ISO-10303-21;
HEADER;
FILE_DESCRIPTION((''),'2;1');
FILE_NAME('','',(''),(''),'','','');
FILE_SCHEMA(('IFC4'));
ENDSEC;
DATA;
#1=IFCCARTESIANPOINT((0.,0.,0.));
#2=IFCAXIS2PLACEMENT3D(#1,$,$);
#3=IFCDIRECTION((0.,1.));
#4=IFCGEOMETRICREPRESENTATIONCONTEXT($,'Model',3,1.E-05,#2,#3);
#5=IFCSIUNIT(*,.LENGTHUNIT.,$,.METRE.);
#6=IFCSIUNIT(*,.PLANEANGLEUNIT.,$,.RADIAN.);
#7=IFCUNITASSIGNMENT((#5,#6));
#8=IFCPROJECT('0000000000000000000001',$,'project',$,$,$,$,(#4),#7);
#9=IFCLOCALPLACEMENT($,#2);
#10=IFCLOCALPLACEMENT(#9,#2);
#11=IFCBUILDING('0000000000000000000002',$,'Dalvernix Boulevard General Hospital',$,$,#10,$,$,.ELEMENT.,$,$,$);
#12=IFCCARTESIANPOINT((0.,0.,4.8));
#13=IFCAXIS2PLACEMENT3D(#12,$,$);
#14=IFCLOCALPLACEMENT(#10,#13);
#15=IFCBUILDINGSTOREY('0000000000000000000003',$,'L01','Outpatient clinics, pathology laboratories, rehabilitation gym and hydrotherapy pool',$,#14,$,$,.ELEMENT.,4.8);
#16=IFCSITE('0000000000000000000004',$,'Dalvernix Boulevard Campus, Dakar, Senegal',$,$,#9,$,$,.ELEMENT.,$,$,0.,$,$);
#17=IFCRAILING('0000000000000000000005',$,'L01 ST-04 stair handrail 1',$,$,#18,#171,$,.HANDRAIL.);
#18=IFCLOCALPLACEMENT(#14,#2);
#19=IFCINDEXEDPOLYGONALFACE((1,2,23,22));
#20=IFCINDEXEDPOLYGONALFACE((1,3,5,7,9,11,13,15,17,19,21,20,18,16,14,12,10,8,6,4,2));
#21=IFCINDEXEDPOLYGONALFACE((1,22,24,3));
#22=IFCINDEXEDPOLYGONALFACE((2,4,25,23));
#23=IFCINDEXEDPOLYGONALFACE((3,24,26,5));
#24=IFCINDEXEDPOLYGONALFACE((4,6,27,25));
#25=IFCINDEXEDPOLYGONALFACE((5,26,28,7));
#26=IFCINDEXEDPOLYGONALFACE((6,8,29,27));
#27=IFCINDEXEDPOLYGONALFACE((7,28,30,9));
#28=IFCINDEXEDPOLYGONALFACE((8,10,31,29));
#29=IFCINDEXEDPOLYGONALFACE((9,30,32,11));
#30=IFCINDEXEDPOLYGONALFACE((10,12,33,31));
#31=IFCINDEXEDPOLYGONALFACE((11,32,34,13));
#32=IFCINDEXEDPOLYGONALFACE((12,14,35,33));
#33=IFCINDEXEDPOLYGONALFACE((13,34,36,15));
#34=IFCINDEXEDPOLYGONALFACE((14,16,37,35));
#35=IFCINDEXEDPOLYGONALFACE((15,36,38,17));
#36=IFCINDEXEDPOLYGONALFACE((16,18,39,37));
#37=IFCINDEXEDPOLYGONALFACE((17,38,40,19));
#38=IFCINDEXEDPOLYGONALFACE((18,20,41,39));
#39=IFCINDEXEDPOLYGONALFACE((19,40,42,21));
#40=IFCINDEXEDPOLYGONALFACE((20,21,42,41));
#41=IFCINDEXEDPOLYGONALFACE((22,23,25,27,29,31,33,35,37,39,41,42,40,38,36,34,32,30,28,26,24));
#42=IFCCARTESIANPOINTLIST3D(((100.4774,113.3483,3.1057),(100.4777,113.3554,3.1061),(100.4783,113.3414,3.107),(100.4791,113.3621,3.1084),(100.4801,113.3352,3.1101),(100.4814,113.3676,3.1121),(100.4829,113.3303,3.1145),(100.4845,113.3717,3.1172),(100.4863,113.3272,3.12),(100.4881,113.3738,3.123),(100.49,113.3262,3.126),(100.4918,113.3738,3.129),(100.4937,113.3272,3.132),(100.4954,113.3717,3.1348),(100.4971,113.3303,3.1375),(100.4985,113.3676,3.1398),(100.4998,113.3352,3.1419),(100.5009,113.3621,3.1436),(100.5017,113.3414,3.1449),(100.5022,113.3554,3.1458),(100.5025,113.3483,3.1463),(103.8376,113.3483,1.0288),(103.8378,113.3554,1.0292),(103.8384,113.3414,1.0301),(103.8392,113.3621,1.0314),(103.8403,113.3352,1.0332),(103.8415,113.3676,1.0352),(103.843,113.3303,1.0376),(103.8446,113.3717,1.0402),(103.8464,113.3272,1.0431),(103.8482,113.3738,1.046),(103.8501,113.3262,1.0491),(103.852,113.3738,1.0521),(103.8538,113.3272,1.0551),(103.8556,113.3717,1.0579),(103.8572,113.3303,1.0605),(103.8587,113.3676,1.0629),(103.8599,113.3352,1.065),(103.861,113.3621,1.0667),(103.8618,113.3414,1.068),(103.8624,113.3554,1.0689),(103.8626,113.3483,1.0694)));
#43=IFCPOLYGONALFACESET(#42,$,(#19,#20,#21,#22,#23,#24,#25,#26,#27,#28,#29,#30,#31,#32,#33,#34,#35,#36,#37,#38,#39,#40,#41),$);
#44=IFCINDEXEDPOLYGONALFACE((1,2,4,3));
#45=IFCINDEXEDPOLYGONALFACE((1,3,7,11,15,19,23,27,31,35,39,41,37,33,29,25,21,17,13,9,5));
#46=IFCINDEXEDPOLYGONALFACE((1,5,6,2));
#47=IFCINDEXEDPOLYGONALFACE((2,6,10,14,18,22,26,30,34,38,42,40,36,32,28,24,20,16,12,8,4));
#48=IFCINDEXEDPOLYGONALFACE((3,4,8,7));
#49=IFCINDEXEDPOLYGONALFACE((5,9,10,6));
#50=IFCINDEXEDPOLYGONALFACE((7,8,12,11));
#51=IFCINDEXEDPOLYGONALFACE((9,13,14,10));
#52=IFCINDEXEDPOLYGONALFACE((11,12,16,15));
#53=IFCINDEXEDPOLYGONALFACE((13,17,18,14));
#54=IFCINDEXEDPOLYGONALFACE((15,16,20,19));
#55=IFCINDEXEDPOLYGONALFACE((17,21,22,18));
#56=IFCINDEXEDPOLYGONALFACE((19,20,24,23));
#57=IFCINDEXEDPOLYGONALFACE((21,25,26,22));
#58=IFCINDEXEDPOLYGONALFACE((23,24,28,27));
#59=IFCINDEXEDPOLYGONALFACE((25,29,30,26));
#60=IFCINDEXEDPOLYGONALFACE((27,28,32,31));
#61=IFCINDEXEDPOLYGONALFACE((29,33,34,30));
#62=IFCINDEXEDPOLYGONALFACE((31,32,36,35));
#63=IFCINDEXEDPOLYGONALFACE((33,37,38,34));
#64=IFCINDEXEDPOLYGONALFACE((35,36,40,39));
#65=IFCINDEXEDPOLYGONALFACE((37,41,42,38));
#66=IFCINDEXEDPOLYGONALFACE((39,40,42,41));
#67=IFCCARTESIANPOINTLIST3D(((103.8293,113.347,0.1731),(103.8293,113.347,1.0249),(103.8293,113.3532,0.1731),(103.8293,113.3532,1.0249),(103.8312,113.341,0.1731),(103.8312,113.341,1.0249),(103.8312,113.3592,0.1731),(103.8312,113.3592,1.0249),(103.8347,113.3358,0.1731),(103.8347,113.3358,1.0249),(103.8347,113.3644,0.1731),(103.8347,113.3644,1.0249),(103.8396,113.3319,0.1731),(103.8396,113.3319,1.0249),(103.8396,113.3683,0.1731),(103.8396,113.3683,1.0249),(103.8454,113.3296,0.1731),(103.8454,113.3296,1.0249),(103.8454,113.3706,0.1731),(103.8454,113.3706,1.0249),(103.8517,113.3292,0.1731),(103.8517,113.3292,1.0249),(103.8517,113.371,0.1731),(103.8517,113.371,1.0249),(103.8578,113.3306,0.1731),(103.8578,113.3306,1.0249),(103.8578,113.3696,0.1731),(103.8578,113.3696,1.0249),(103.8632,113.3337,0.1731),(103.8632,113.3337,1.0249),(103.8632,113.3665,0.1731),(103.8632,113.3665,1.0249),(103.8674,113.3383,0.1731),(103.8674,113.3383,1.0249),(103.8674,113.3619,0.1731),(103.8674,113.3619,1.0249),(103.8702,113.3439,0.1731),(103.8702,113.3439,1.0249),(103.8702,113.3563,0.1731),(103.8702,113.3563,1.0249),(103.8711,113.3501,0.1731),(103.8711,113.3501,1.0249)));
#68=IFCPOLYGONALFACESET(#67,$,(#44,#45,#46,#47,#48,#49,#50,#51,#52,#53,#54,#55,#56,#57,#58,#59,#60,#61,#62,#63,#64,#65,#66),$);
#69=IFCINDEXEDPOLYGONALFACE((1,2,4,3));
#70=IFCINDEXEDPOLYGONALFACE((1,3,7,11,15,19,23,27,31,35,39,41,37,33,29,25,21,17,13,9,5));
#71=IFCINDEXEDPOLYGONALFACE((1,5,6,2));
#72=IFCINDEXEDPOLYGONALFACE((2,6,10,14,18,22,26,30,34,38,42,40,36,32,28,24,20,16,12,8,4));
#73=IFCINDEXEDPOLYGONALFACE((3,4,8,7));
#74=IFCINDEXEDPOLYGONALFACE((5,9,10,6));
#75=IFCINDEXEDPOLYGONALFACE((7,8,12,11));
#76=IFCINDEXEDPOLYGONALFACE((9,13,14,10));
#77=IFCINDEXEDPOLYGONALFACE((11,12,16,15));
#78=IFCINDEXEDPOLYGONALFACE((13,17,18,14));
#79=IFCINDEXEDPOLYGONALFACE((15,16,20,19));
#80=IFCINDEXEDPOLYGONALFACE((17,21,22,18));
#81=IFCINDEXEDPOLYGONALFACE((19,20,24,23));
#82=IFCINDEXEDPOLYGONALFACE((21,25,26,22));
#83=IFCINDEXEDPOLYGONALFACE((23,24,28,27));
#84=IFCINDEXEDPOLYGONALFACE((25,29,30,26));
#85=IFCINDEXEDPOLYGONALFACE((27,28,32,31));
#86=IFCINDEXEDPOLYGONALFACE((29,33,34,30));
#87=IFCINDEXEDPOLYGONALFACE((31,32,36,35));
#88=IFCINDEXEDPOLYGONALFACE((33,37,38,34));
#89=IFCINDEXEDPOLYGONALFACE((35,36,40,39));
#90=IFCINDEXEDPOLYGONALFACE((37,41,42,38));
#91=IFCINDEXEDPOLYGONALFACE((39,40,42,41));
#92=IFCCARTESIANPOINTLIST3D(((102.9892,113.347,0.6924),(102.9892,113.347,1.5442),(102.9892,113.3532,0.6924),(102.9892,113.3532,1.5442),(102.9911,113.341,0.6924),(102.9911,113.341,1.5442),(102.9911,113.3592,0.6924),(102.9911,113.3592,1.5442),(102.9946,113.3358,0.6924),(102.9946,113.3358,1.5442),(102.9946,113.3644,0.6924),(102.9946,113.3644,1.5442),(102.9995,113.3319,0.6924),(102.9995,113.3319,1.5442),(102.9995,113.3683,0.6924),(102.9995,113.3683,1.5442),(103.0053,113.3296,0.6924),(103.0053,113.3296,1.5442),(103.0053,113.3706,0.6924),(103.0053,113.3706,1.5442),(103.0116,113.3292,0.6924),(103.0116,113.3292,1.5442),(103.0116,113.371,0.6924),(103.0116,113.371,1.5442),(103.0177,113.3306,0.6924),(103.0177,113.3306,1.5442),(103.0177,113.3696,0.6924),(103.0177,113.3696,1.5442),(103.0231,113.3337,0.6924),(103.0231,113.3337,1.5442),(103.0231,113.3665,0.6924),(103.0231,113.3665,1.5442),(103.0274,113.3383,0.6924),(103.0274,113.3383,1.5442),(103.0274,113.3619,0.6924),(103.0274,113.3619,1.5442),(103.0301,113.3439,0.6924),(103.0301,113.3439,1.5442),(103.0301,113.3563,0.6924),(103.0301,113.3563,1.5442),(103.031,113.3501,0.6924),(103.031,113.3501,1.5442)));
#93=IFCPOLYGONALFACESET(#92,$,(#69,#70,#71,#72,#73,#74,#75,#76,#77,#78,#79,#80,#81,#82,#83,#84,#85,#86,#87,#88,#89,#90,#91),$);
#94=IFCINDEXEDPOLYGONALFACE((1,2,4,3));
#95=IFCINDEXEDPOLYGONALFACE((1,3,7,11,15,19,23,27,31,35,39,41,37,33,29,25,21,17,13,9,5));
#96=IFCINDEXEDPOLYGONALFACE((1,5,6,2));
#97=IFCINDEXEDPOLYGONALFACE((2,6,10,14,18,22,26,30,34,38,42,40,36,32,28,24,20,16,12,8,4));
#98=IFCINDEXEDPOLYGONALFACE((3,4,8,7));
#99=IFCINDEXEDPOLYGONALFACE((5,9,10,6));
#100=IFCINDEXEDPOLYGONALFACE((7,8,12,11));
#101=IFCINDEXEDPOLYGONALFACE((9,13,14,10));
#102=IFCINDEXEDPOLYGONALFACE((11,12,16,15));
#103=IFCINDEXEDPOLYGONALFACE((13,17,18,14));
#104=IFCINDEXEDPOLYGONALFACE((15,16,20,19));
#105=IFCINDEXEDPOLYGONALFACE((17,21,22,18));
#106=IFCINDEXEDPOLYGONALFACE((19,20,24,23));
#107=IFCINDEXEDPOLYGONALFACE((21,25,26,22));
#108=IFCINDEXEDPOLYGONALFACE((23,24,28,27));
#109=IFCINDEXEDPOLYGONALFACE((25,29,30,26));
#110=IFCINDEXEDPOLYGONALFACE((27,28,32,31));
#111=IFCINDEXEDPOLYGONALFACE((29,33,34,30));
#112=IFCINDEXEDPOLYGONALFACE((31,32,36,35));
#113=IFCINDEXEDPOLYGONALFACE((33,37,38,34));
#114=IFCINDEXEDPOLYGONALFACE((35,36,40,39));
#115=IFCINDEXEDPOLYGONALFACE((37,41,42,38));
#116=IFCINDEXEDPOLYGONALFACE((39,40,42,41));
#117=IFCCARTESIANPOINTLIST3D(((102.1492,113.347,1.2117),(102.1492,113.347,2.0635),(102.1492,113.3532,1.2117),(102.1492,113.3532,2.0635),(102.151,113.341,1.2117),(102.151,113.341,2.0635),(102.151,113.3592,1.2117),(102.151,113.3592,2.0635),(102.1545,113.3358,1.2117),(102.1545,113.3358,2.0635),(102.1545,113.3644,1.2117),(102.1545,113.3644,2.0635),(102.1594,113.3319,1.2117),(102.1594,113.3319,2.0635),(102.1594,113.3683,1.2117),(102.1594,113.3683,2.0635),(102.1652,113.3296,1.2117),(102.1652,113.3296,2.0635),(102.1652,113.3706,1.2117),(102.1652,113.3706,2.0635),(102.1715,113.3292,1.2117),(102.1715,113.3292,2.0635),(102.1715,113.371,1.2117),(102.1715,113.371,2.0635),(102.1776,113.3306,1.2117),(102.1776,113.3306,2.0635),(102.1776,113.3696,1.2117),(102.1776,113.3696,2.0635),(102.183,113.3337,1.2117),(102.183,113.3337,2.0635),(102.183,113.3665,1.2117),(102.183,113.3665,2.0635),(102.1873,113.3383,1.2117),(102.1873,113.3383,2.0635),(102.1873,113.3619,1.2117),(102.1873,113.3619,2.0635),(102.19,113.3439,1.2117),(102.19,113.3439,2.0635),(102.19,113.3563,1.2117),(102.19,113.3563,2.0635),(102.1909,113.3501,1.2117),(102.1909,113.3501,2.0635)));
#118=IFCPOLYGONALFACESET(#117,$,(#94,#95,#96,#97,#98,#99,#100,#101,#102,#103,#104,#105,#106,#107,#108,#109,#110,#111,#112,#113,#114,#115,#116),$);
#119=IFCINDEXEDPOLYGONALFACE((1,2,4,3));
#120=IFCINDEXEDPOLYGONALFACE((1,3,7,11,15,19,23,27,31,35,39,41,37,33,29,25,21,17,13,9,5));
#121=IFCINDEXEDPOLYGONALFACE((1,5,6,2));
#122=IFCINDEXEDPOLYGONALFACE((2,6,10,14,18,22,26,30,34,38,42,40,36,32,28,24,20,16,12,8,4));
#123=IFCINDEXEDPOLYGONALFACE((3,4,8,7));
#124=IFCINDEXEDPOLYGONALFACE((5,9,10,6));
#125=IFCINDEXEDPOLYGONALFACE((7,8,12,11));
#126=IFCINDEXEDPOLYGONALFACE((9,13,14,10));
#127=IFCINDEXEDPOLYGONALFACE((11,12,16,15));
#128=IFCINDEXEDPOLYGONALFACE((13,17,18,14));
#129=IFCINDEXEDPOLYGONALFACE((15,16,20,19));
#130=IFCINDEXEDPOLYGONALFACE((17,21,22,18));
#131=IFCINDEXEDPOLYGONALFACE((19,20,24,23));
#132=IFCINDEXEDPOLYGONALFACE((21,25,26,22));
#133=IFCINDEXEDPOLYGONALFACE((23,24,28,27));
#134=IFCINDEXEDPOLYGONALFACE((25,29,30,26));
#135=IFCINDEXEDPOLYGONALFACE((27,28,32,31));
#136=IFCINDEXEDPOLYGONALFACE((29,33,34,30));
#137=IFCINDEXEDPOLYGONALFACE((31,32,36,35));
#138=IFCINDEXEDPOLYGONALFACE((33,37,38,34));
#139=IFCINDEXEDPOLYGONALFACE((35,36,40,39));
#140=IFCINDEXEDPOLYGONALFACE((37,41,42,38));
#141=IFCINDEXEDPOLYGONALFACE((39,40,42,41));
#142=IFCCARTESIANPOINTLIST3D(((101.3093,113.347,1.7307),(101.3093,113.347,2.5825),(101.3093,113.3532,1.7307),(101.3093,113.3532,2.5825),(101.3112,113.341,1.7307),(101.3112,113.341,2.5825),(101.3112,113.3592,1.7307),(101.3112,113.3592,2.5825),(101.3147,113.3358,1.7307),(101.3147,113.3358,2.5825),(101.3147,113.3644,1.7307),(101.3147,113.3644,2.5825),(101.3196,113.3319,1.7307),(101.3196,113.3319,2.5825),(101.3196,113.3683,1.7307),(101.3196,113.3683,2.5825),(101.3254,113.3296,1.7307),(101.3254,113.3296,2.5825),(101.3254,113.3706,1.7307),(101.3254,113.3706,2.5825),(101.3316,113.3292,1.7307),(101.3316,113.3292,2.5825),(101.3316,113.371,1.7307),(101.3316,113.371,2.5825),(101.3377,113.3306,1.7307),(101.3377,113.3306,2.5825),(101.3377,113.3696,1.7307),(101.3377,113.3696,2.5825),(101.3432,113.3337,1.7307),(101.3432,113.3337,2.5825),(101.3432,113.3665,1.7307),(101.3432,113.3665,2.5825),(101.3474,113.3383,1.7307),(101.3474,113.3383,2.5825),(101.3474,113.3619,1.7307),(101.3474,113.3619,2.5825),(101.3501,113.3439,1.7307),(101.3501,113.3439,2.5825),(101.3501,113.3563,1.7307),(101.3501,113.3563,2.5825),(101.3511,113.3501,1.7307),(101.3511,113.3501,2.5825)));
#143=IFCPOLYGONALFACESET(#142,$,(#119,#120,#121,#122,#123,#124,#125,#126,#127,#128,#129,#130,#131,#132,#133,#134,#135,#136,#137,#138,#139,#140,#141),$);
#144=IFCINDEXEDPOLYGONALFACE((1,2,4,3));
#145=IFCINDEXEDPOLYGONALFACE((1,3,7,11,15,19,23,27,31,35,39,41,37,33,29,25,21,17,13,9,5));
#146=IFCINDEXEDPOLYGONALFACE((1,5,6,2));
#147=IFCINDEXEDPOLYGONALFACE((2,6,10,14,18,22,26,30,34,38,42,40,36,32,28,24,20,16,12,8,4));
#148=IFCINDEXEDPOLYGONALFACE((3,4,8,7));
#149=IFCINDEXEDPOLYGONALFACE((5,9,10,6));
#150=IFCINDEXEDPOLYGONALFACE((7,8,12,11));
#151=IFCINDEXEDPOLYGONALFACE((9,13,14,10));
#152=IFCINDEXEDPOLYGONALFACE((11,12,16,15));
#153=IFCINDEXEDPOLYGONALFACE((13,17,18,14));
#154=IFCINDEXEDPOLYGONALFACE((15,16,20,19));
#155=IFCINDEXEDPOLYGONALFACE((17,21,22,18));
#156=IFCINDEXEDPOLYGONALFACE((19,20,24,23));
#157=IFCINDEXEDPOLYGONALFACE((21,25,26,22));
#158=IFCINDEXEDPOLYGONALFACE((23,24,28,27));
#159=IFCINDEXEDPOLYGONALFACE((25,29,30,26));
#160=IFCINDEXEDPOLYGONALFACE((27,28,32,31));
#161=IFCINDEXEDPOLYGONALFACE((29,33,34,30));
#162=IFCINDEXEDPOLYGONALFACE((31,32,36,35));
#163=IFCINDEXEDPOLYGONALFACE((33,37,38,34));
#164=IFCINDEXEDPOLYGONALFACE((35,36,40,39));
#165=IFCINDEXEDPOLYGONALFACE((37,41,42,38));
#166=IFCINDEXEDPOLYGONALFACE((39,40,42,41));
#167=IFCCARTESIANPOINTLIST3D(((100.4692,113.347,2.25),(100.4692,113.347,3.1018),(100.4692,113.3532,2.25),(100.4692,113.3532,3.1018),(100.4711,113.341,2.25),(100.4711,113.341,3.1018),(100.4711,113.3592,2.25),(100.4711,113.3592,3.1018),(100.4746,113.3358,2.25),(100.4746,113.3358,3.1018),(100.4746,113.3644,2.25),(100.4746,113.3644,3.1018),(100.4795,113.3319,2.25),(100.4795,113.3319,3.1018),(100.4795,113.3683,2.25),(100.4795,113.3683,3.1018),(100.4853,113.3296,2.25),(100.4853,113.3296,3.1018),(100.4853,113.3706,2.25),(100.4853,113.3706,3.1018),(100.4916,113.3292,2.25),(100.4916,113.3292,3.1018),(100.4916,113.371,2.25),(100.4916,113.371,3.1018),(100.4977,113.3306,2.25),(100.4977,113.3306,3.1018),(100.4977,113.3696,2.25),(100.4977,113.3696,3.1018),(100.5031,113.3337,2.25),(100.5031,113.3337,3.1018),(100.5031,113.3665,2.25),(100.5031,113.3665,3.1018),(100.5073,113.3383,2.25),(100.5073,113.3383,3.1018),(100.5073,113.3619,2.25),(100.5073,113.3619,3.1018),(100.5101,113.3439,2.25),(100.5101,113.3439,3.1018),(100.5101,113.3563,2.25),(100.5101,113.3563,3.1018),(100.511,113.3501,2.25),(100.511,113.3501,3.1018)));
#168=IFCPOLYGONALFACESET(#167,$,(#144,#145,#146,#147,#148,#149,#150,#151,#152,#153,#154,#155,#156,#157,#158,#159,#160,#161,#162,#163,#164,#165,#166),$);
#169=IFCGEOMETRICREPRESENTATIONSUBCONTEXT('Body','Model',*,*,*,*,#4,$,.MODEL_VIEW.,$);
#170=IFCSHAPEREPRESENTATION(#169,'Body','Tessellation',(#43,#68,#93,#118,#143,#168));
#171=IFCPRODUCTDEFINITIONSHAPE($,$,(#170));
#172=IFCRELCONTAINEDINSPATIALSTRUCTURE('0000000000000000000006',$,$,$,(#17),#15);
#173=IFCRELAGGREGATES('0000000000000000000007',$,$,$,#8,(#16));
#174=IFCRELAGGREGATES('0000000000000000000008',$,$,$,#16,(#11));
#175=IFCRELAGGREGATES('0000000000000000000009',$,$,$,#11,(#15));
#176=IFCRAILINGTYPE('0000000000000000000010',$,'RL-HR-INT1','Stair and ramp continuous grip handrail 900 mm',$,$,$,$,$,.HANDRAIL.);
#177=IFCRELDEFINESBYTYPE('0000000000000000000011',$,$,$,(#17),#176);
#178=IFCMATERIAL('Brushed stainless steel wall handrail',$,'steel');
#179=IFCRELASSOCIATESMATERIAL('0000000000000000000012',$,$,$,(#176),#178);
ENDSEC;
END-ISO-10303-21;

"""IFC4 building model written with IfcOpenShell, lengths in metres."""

from ifc_helpers import new_model, si_unit, direction, frame, origin, origin_2d, place, context, subcontext, project, spatial, circle, extrude, material, type_object, element, save


model = new_model("IFC4")

# Units and contexts
model_context = context("Model", 3, precision=1e-05, world=origin(), true_north=direction((0.0, 1.0)))
body_context = subcontext(model_context, "Body", "Model", "MODEL_VIEW")
ifc_project = project(units=[si_unit("LENGTHUNIT", "METRE"), si_unit("PLANEANGLEUNIT", "RADIAN")], contexts=[model_context])

# Site, building, storey
site_placement = place(None, origin())
site = spatial("IfcSite", under=ifc_project, at=site_placement, Name="Dalvernix Boulevard Campus, Dakar, Senegal", CompositionType="ELEMENT", RefElevation=0.0)
building_placement = place(site_placement, origin())
building = spatial("IfcBuilding", under=site, at=building_placement, Name="Dalvernix Boulevard General Hospital", CompositionType="ELEMENT")
storey_placement = place(building_placement, frame((0.0, 0.0, 4.8)))
storey = spatial("IfcBuildingStorey", under=building, at=storey_placement, Name="L01", Description="Outpatient clinics, pathology laboratories, rehabilitation gym and hydrotherapy pool", CompositionType="ELEMENT", Elevation=4.8)

# Railing
ifc_material_1 = material(Name="Brushed stainless steel wall handrail", Category="steel")
railing_type_1 = type_object("IfcRailingType", Name="RL-HR-INT1", Description="Stair and ramp continuous grip handrail 900 mm", PredefinedType="HANDRAIL", material=ifc_material_1)
railing_1_placement = place(storey_placement, frame((103.8501, 113.3501, 0.1731)))
element("IfcRailing", 1, at=railing_1_placement, inside=storey, type_object=railing_type_1, Name="L01 ST-04 stair handrail 1", PredefinedType="HANDRAIL", context=body_context, shape_type="SweptSolid", body=[
    extrude(circle(Radius=0.0239, at=origin_2d()), frame((0.0, 0.0, 0.876), z_axis=(-0.850623, 0.0, 0.525776), x_axis=(0.0, -1.0, 0.0)), (0.0, 0.0, 1.0), 3.9502),
    extrude(circle(Radius=0.021, at=origin_2d()), origin(), (0.0, 0.0, 1.0), 0.8518),
    extrude(circle(Radius=0.021, at=origin_2d()), frame((-0.8401, 0.0, 0.5193)), (0.0, 0.0, 1.0), 0.8518),
    extrude(circle(Radius=0.021, at=origin_2d()), frame((-1.6802, 0.0, 1.0386)), (0.0, 0.0, 1.0), 0.8518),
    extrude(circle(Radius=0.021, at=origin_2d()), frame((-2.52, 0.0, 1.5576)), (0.0, 0.0, 1.0), 0.8518),
    extrude(circle(Radius=0.021, at=origin_2d()), frame((-3.3601, 0.0, 2.0769)), (0.0, 0.0, 1.0), 0.8518),
])

save(model, "model.ifc")
